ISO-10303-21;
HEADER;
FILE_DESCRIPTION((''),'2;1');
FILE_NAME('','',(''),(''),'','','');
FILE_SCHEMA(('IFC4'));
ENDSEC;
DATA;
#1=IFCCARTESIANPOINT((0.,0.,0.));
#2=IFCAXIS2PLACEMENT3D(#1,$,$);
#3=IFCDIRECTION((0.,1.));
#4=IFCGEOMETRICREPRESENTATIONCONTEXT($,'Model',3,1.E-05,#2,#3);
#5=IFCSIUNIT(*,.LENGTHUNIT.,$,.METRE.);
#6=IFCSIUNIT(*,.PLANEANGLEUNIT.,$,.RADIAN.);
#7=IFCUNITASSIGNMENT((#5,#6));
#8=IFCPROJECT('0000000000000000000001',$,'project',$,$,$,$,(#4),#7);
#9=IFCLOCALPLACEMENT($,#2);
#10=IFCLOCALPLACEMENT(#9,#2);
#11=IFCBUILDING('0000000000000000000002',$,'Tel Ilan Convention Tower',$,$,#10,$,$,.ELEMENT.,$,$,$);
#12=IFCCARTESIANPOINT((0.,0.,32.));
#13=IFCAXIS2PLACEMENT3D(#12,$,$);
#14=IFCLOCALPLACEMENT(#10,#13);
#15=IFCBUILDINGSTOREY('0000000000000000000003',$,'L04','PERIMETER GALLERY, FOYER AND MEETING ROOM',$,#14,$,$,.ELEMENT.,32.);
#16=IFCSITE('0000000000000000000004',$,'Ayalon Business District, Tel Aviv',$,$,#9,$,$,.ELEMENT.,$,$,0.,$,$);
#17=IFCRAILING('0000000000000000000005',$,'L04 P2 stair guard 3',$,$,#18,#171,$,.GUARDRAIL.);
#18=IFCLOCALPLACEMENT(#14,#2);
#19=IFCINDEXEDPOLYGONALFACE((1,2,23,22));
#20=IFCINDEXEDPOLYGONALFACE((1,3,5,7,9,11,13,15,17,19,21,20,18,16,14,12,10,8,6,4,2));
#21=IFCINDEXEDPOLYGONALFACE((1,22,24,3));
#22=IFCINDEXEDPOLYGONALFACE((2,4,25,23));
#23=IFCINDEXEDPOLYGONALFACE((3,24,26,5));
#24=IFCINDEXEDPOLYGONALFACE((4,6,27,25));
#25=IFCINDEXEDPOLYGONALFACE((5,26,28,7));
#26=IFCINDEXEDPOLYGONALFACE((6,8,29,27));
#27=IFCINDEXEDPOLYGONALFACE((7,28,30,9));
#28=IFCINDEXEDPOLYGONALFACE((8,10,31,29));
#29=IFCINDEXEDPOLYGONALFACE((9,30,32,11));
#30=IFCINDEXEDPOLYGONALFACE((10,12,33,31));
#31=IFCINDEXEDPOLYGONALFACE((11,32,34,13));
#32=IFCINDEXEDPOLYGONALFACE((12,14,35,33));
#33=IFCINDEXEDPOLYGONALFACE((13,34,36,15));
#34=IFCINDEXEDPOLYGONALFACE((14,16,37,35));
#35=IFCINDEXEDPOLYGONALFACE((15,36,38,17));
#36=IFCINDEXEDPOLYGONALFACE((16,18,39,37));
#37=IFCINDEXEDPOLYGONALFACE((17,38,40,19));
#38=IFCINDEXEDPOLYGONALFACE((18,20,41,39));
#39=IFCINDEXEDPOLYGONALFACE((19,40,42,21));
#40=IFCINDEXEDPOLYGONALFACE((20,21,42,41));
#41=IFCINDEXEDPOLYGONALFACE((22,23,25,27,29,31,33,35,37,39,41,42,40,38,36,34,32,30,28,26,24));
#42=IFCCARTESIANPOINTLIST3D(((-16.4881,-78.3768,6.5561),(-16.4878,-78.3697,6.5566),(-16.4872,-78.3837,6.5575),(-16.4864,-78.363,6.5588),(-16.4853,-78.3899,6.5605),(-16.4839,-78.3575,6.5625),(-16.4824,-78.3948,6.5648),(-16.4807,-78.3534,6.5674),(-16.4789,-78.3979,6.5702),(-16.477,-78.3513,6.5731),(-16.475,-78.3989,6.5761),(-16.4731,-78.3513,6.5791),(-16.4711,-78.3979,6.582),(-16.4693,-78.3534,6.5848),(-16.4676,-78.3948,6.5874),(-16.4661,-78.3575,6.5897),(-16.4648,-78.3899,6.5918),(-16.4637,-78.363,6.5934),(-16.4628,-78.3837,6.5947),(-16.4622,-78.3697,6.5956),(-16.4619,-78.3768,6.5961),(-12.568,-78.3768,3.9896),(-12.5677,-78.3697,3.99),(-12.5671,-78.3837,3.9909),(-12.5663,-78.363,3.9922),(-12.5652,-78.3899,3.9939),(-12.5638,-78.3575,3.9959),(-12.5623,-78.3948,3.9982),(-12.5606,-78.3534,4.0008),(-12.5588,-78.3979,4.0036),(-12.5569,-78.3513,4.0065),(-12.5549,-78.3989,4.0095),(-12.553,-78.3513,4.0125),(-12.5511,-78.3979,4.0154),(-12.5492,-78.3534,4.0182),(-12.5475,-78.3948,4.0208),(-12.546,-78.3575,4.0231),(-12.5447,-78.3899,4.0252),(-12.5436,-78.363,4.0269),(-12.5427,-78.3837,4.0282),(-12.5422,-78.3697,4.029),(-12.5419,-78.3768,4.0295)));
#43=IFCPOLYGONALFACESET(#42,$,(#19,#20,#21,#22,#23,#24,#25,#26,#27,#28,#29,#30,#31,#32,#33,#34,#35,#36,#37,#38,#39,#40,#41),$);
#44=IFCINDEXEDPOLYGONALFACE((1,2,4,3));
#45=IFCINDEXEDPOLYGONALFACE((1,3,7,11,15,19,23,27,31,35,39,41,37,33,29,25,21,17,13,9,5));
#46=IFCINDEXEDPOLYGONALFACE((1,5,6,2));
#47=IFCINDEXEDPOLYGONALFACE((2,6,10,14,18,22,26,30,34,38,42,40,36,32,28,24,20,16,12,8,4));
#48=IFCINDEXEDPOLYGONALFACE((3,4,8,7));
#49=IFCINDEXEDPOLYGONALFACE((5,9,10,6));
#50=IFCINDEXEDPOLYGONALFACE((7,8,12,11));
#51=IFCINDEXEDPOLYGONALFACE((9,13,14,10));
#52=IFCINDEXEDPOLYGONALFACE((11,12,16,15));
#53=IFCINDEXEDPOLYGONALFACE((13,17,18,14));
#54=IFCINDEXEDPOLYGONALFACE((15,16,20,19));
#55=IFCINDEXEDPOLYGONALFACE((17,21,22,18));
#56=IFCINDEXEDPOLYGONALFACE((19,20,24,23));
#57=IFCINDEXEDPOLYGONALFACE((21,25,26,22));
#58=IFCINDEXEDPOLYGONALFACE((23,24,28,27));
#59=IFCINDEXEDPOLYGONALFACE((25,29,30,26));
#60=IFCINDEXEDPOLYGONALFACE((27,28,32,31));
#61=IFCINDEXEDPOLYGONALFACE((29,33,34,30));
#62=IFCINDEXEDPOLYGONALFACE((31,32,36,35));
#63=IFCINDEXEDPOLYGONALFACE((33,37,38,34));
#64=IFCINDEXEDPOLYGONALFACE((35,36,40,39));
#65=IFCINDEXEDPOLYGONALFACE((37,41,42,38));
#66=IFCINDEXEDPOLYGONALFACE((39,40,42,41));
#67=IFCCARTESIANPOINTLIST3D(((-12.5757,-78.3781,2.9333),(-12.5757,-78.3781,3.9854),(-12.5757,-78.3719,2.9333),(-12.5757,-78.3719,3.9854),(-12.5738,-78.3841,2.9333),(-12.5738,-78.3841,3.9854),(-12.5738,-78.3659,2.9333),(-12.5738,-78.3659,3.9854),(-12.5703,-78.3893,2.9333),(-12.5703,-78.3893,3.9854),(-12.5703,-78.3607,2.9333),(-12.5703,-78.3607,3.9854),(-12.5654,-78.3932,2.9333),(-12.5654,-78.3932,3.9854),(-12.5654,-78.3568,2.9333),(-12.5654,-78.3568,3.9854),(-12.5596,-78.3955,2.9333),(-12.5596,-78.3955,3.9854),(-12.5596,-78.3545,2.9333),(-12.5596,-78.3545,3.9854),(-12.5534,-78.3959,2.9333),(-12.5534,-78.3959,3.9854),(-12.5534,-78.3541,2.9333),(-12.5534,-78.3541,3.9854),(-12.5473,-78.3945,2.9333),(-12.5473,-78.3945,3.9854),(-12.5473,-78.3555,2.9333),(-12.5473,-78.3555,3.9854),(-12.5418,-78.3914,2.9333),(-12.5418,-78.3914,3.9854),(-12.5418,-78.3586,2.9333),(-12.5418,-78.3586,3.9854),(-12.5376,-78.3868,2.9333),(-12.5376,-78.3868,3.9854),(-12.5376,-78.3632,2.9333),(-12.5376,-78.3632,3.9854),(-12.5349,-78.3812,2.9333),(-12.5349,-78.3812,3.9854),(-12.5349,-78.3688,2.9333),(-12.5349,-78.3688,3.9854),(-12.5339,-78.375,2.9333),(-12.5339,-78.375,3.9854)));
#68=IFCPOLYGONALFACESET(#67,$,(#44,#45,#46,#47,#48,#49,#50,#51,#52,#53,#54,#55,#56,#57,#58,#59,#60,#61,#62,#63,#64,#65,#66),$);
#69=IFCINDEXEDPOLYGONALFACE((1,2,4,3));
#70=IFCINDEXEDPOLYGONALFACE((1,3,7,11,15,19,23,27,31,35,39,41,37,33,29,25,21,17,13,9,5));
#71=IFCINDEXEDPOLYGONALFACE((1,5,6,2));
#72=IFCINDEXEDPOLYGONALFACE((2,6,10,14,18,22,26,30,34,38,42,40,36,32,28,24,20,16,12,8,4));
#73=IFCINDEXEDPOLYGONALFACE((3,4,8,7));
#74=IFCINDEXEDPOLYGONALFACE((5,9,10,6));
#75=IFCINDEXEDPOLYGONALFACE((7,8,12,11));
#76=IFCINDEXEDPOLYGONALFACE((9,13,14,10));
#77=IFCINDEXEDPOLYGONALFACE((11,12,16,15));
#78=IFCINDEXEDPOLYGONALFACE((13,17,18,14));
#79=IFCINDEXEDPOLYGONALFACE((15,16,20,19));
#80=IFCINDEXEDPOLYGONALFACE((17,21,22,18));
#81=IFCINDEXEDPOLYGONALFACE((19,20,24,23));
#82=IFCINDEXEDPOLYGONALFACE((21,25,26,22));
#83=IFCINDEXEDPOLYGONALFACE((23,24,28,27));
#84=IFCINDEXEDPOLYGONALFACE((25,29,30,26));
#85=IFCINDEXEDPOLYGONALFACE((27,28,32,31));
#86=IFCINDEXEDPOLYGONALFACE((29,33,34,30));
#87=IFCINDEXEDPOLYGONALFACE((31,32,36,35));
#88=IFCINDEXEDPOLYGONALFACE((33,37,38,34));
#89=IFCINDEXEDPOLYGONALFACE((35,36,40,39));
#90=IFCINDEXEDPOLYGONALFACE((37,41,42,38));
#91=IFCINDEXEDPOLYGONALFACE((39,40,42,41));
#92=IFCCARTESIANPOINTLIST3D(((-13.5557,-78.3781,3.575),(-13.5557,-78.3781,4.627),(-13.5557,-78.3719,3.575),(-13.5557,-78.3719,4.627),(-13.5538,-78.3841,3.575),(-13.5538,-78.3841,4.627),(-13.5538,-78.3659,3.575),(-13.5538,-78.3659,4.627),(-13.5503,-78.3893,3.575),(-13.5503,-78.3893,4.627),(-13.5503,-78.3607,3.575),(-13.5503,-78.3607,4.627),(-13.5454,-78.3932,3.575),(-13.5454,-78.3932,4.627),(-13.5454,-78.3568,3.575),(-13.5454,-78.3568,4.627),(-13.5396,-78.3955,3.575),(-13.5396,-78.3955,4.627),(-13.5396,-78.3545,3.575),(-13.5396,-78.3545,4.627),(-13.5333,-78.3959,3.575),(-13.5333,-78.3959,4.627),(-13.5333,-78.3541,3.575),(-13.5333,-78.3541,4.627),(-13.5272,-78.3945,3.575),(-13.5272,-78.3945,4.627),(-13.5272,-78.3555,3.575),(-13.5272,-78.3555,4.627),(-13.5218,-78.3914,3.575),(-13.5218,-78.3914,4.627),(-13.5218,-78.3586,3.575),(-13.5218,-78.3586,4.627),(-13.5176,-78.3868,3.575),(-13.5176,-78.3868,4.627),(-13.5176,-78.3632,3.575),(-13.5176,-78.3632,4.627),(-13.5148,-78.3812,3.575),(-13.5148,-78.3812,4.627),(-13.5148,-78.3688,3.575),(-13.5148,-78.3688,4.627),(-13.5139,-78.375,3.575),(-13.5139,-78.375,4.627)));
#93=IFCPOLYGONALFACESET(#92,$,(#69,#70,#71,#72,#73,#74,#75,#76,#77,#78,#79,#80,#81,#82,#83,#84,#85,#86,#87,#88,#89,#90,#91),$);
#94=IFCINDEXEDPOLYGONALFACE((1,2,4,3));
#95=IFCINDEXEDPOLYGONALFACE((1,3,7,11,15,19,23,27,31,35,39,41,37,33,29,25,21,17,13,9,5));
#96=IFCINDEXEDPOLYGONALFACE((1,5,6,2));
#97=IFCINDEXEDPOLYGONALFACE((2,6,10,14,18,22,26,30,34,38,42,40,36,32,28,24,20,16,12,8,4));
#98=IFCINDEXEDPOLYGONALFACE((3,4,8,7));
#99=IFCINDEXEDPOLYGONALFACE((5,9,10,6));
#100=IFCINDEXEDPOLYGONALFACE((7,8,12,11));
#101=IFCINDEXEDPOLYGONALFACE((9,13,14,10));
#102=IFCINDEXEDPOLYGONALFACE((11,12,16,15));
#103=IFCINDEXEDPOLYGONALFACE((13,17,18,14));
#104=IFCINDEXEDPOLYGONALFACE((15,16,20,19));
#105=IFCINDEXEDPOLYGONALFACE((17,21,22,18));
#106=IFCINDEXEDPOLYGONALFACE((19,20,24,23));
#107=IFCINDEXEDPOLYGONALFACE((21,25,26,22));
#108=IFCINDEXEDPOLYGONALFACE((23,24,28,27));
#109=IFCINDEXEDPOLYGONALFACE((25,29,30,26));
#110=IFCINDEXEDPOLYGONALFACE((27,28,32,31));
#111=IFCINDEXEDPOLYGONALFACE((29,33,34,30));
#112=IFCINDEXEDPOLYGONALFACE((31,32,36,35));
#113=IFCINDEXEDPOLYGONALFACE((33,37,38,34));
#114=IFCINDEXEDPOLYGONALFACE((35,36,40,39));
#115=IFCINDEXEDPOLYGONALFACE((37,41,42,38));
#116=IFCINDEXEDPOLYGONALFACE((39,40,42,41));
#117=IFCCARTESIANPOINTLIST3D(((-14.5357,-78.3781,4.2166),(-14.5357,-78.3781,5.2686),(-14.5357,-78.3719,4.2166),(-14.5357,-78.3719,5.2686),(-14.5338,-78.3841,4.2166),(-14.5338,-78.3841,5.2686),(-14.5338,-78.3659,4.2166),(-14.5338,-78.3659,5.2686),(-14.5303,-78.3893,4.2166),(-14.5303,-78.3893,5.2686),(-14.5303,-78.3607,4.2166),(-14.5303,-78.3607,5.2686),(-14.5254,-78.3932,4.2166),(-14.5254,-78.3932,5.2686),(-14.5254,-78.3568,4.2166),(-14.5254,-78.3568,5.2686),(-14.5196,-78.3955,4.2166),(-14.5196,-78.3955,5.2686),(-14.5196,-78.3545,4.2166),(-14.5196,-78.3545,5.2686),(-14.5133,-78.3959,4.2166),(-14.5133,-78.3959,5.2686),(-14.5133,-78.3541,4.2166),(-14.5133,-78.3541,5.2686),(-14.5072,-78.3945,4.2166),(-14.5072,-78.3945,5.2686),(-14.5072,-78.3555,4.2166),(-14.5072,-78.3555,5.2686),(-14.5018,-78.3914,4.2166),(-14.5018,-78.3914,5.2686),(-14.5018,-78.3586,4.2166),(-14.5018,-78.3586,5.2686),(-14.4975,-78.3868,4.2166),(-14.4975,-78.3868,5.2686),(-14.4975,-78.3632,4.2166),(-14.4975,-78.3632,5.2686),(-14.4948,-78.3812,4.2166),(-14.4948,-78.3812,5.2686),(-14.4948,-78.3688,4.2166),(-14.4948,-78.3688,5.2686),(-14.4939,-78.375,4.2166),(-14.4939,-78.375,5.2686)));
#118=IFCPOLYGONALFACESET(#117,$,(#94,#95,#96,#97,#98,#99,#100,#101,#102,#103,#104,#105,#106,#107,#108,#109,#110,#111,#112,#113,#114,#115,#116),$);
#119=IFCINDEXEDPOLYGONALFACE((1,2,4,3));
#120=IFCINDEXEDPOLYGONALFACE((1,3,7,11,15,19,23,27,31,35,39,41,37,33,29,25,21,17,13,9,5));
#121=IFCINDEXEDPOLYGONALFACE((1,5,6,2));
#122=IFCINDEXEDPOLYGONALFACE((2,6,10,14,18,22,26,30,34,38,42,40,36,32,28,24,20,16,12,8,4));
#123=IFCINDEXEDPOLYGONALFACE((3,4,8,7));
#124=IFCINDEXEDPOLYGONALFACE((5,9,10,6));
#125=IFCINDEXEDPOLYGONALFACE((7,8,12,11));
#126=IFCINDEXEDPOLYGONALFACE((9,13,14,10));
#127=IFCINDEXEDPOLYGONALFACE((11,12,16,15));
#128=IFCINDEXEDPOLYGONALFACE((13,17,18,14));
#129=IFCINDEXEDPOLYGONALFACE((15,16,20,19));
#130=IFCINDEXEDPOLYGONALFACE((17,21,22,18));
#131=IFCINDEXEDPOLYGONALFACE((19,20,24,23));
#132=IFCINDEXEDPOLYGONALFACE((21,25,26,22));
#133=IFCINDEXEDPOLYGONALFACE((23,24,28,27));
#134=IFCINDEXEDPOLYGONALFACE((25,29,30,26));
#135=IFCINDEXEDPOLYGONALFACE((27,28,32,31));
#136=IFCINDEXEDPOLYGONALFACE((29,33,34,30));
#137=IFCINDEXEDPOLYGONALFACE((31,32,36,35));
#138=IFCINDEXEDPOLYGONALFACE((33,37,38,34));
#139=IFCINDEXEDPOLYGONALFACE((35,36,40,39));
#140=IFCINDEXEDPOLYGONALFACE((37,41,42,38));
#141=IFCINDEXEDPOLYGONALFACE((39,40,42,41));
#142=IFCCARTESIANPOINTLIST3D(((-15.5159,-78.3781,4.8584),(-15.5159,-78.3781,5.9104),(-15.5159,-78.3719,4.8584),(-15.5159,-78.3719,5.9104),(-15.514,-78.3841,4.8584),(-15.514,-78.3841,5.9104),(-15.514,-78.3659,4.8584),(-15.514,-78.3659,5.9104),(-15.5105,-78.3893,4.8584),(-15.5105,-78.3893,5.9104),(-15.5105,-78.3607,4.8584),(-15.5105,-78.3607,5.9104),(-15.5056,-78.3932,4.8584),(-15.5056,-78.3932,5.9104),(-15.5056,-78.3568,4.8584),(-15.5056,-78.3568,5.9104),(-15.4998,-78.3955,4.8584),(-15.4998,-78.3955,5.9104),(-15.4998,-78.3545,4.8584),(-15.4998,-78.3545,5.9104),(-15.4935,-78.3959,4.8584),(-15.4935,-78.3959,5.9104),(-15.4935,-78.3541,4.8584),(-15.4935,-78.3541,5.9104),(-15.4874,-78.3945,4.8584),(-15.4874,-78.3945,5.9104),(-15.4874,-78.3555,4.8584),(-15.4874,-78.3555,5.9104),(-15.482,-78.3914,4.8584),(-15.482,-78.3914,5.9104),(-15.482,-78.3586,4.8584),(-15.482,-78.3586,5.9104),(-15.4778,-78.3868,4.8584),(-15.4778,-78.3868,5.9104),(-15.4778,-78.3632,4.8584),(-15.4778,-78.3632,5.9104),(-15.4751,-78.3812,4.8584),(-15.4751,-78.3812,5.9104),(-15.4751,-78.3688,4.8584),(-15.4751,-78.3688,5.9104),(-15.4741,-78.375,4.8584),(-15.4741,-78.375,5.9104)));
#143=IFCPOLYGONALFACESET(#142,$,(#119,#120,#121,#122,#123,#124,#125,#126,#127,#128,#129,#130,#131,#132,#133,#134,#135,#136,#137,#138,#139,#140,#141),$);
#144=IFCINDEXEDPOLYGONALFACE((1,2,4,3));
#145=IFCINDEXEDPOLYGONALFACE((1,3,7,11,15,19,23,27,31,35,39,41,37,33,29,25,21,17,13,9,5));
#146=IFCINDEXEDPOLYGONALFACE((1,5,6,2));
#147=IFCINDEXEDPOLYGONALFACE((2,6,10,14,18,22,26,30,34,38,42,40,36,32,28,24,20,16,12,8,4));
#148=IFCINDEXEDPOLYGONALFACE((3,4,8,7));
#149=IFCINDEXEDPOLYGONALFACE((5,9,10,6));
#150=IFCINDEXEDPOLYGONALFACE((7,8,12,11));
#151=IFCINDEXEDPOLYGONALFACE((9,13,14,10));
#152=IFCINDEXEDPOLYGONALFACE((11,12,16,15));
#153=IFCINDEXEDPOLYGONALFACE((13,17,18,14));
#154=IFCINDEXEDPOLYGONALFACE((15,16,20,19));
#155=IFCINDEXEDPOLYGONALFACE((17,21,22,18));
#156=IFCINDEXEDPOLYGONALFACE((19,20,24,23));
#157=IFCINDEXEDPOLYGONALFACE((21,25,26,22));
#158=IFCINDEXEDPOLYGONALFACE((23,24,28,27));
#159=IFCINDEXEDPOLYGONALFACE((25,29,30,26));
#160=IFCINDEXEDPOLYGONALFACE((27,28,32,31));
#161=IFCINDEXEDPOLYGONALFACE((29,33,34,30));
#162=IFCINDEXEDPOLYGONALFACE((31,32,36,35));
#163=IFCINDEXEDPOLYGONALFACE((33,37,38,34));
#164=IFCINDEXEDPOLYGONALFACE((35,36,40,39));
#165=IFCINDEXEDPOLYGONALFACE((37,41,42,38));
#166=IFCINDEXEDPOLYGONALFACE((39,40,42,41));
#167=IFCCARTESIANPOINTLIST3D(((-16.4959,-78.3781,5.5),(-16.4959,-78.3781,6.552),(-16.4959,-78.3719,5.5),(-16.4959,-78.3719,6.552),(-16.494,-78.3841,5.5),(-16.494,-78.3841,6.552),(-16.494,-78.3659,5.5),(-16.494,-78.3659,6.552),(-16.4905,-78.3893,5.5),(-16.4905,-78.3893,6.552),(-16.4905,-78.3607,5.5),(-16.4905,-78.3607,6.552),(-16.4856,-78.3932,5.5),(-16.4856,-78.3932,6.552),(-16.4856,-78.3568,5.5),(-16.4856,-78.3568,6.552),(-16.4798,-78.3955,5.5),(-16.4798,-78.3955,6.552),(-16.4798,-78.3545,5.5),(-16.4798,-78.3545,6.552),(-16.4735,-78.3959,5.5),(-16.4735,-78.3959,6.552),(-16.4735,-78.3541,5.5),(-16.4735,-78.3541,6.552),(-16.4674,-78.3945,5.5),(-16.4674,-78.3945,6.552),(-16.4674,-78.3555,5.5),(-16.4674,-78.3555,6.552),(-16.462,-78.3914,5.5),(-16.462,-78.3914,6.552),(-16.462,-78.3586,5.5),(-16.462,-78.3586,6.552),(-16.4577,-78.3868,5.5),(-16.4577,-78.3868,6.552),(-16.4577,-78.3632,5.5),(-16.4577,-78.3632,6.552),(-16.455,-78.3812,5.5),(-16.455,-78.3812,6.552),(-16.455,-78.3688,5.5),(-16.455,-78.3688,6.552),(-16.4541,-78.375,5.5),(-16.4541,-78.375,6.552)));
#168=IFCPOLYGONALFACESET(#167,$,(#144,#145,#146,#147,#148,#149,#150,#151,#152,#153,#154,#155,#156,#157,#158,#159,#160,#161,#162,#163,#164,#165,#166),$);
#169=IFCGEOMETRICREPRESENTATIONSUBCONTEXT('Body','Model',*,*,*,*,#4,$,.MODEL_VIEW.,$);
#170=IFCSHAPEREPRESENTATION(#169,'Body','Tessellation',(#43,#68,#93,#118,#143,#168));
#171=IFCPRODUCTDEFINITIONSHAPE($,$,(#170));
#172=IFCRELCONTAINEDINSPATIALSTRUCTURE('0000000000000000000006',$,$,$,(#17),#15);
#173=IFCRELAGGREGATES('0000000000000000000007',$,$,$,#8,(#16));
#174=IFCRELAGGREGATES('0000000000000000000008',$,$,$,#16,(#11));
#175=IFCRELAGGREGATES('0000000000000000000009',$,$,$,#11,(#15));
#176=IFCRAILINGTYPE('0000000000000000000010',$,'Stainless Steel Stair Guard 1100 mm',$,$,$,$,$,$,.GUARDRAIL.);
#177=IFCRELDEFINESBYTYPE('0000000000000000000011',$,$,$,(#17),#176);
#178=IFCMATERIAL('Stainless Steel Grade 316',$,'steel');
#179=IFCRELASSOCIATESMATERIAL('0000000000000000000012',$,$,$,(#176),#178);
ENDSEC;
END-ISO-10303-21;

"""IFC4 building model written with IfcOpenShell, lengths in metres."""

from ifc_helpers import new_model, si_unit, direction, frame, origin, origin_2d, place, context, subcontext, project, spatial, circle, extrude, material, type_object, element, save


model = new_model("IFC4")

# Units and contexts
model_context = context("Model", 3, precision=1e-05, world=origin(), true_north=direction((0.0, 1.0)))
body_context = subcontext(model_context, "Body", "Model", "MODEL_VIEW")
ifc_project = project(units=[si_unit("LENGTHUNIT", "METRE"), si_unit("PLANEANGLEUNIT", "RADIAN")], contexts=[model_context])

# Site, building, storey
site_placement = place(None, origin())
site = spatial("IfcSite", under=ifc_project, at=site_placement, Name="Ayalon Business District, Tel Aviv", CompositionType="ELEMENT", RefElevation=0.0)
building_placement = place(site_placement, origin())
building = spatial("IfcBuilding", under=site, at=building_placement, Name="Tel Ilan Convention Tower", CompositionType="ELEMENT")
storey_placement = place(building_placement, frame((0.0, 0.0, 32.0)))
storey = spatial("IfcBuildingStorey", under=building, at=storey_placement, Name="L04", Description="PERIMETER GALLERY, FOYER AND MEETING ROOM", CompositionType="ELEMENT", Elevation=32.0)

# Railing
ifc_material_1 = material(Name="Stainless Steel Grade 316", Category="steel")
railing_type_1 = type_object("IfcRailingType", Name="Stainless Steel Stair Guard 1100 mm", PredefinedType="GUARDRAIL", material=ifc_material_1)
railing_1_placement = place(storey_placement, frame((-12.5549, -78.375, 2.9333)))
element("IfcRailing", 1, at=railing_1_placement, inside=storey, type_object=railing_type_1, Name="L04 P2 stair guard 3", PredefinedType="GUARDRAIL", context=body_context, shape_type="SweptSolid", body=[
    extrude(circle(Radius=0.0239, at=origin_2d()), frame((0.0, 0.0, 1.0762), z_axis=(-0.836631, 0.0, 0.547767), x_axis=(0.0, -1.0, 0.0)), (0.0, 0.0, 1.0), 4.6855),
    extrude(circle(Radius=0.021, at=origin_2d()), origin(), (0.0, 0.0, 1.0), 1.052),
    extrude(circle(Radius=0.021, at=origin_2d()), frame((-0.98, 0.0, 0.6416)), (0.0, 0.0, 1.0), 1.052),
    extrude(circle(Radius=0.021, at=origin_2d()), frame((-1.96, 0.0, 1.2832)), (0.0, 0.0, 1.0), 1.052),
    extrude(circle(Radius=0.021, at=origin_2d()), frame((-2.9402, 0.0, 1.925)), (0.0, 0.0, 1.0), 1.052),
    extrude(circle(Radius=0.021, at=origin_2d()), frame((-3.9202, 0.0, 2.5667)), (0.0, 0.0, 1.0), 1.052),
])

save(model, "model.ifc")
